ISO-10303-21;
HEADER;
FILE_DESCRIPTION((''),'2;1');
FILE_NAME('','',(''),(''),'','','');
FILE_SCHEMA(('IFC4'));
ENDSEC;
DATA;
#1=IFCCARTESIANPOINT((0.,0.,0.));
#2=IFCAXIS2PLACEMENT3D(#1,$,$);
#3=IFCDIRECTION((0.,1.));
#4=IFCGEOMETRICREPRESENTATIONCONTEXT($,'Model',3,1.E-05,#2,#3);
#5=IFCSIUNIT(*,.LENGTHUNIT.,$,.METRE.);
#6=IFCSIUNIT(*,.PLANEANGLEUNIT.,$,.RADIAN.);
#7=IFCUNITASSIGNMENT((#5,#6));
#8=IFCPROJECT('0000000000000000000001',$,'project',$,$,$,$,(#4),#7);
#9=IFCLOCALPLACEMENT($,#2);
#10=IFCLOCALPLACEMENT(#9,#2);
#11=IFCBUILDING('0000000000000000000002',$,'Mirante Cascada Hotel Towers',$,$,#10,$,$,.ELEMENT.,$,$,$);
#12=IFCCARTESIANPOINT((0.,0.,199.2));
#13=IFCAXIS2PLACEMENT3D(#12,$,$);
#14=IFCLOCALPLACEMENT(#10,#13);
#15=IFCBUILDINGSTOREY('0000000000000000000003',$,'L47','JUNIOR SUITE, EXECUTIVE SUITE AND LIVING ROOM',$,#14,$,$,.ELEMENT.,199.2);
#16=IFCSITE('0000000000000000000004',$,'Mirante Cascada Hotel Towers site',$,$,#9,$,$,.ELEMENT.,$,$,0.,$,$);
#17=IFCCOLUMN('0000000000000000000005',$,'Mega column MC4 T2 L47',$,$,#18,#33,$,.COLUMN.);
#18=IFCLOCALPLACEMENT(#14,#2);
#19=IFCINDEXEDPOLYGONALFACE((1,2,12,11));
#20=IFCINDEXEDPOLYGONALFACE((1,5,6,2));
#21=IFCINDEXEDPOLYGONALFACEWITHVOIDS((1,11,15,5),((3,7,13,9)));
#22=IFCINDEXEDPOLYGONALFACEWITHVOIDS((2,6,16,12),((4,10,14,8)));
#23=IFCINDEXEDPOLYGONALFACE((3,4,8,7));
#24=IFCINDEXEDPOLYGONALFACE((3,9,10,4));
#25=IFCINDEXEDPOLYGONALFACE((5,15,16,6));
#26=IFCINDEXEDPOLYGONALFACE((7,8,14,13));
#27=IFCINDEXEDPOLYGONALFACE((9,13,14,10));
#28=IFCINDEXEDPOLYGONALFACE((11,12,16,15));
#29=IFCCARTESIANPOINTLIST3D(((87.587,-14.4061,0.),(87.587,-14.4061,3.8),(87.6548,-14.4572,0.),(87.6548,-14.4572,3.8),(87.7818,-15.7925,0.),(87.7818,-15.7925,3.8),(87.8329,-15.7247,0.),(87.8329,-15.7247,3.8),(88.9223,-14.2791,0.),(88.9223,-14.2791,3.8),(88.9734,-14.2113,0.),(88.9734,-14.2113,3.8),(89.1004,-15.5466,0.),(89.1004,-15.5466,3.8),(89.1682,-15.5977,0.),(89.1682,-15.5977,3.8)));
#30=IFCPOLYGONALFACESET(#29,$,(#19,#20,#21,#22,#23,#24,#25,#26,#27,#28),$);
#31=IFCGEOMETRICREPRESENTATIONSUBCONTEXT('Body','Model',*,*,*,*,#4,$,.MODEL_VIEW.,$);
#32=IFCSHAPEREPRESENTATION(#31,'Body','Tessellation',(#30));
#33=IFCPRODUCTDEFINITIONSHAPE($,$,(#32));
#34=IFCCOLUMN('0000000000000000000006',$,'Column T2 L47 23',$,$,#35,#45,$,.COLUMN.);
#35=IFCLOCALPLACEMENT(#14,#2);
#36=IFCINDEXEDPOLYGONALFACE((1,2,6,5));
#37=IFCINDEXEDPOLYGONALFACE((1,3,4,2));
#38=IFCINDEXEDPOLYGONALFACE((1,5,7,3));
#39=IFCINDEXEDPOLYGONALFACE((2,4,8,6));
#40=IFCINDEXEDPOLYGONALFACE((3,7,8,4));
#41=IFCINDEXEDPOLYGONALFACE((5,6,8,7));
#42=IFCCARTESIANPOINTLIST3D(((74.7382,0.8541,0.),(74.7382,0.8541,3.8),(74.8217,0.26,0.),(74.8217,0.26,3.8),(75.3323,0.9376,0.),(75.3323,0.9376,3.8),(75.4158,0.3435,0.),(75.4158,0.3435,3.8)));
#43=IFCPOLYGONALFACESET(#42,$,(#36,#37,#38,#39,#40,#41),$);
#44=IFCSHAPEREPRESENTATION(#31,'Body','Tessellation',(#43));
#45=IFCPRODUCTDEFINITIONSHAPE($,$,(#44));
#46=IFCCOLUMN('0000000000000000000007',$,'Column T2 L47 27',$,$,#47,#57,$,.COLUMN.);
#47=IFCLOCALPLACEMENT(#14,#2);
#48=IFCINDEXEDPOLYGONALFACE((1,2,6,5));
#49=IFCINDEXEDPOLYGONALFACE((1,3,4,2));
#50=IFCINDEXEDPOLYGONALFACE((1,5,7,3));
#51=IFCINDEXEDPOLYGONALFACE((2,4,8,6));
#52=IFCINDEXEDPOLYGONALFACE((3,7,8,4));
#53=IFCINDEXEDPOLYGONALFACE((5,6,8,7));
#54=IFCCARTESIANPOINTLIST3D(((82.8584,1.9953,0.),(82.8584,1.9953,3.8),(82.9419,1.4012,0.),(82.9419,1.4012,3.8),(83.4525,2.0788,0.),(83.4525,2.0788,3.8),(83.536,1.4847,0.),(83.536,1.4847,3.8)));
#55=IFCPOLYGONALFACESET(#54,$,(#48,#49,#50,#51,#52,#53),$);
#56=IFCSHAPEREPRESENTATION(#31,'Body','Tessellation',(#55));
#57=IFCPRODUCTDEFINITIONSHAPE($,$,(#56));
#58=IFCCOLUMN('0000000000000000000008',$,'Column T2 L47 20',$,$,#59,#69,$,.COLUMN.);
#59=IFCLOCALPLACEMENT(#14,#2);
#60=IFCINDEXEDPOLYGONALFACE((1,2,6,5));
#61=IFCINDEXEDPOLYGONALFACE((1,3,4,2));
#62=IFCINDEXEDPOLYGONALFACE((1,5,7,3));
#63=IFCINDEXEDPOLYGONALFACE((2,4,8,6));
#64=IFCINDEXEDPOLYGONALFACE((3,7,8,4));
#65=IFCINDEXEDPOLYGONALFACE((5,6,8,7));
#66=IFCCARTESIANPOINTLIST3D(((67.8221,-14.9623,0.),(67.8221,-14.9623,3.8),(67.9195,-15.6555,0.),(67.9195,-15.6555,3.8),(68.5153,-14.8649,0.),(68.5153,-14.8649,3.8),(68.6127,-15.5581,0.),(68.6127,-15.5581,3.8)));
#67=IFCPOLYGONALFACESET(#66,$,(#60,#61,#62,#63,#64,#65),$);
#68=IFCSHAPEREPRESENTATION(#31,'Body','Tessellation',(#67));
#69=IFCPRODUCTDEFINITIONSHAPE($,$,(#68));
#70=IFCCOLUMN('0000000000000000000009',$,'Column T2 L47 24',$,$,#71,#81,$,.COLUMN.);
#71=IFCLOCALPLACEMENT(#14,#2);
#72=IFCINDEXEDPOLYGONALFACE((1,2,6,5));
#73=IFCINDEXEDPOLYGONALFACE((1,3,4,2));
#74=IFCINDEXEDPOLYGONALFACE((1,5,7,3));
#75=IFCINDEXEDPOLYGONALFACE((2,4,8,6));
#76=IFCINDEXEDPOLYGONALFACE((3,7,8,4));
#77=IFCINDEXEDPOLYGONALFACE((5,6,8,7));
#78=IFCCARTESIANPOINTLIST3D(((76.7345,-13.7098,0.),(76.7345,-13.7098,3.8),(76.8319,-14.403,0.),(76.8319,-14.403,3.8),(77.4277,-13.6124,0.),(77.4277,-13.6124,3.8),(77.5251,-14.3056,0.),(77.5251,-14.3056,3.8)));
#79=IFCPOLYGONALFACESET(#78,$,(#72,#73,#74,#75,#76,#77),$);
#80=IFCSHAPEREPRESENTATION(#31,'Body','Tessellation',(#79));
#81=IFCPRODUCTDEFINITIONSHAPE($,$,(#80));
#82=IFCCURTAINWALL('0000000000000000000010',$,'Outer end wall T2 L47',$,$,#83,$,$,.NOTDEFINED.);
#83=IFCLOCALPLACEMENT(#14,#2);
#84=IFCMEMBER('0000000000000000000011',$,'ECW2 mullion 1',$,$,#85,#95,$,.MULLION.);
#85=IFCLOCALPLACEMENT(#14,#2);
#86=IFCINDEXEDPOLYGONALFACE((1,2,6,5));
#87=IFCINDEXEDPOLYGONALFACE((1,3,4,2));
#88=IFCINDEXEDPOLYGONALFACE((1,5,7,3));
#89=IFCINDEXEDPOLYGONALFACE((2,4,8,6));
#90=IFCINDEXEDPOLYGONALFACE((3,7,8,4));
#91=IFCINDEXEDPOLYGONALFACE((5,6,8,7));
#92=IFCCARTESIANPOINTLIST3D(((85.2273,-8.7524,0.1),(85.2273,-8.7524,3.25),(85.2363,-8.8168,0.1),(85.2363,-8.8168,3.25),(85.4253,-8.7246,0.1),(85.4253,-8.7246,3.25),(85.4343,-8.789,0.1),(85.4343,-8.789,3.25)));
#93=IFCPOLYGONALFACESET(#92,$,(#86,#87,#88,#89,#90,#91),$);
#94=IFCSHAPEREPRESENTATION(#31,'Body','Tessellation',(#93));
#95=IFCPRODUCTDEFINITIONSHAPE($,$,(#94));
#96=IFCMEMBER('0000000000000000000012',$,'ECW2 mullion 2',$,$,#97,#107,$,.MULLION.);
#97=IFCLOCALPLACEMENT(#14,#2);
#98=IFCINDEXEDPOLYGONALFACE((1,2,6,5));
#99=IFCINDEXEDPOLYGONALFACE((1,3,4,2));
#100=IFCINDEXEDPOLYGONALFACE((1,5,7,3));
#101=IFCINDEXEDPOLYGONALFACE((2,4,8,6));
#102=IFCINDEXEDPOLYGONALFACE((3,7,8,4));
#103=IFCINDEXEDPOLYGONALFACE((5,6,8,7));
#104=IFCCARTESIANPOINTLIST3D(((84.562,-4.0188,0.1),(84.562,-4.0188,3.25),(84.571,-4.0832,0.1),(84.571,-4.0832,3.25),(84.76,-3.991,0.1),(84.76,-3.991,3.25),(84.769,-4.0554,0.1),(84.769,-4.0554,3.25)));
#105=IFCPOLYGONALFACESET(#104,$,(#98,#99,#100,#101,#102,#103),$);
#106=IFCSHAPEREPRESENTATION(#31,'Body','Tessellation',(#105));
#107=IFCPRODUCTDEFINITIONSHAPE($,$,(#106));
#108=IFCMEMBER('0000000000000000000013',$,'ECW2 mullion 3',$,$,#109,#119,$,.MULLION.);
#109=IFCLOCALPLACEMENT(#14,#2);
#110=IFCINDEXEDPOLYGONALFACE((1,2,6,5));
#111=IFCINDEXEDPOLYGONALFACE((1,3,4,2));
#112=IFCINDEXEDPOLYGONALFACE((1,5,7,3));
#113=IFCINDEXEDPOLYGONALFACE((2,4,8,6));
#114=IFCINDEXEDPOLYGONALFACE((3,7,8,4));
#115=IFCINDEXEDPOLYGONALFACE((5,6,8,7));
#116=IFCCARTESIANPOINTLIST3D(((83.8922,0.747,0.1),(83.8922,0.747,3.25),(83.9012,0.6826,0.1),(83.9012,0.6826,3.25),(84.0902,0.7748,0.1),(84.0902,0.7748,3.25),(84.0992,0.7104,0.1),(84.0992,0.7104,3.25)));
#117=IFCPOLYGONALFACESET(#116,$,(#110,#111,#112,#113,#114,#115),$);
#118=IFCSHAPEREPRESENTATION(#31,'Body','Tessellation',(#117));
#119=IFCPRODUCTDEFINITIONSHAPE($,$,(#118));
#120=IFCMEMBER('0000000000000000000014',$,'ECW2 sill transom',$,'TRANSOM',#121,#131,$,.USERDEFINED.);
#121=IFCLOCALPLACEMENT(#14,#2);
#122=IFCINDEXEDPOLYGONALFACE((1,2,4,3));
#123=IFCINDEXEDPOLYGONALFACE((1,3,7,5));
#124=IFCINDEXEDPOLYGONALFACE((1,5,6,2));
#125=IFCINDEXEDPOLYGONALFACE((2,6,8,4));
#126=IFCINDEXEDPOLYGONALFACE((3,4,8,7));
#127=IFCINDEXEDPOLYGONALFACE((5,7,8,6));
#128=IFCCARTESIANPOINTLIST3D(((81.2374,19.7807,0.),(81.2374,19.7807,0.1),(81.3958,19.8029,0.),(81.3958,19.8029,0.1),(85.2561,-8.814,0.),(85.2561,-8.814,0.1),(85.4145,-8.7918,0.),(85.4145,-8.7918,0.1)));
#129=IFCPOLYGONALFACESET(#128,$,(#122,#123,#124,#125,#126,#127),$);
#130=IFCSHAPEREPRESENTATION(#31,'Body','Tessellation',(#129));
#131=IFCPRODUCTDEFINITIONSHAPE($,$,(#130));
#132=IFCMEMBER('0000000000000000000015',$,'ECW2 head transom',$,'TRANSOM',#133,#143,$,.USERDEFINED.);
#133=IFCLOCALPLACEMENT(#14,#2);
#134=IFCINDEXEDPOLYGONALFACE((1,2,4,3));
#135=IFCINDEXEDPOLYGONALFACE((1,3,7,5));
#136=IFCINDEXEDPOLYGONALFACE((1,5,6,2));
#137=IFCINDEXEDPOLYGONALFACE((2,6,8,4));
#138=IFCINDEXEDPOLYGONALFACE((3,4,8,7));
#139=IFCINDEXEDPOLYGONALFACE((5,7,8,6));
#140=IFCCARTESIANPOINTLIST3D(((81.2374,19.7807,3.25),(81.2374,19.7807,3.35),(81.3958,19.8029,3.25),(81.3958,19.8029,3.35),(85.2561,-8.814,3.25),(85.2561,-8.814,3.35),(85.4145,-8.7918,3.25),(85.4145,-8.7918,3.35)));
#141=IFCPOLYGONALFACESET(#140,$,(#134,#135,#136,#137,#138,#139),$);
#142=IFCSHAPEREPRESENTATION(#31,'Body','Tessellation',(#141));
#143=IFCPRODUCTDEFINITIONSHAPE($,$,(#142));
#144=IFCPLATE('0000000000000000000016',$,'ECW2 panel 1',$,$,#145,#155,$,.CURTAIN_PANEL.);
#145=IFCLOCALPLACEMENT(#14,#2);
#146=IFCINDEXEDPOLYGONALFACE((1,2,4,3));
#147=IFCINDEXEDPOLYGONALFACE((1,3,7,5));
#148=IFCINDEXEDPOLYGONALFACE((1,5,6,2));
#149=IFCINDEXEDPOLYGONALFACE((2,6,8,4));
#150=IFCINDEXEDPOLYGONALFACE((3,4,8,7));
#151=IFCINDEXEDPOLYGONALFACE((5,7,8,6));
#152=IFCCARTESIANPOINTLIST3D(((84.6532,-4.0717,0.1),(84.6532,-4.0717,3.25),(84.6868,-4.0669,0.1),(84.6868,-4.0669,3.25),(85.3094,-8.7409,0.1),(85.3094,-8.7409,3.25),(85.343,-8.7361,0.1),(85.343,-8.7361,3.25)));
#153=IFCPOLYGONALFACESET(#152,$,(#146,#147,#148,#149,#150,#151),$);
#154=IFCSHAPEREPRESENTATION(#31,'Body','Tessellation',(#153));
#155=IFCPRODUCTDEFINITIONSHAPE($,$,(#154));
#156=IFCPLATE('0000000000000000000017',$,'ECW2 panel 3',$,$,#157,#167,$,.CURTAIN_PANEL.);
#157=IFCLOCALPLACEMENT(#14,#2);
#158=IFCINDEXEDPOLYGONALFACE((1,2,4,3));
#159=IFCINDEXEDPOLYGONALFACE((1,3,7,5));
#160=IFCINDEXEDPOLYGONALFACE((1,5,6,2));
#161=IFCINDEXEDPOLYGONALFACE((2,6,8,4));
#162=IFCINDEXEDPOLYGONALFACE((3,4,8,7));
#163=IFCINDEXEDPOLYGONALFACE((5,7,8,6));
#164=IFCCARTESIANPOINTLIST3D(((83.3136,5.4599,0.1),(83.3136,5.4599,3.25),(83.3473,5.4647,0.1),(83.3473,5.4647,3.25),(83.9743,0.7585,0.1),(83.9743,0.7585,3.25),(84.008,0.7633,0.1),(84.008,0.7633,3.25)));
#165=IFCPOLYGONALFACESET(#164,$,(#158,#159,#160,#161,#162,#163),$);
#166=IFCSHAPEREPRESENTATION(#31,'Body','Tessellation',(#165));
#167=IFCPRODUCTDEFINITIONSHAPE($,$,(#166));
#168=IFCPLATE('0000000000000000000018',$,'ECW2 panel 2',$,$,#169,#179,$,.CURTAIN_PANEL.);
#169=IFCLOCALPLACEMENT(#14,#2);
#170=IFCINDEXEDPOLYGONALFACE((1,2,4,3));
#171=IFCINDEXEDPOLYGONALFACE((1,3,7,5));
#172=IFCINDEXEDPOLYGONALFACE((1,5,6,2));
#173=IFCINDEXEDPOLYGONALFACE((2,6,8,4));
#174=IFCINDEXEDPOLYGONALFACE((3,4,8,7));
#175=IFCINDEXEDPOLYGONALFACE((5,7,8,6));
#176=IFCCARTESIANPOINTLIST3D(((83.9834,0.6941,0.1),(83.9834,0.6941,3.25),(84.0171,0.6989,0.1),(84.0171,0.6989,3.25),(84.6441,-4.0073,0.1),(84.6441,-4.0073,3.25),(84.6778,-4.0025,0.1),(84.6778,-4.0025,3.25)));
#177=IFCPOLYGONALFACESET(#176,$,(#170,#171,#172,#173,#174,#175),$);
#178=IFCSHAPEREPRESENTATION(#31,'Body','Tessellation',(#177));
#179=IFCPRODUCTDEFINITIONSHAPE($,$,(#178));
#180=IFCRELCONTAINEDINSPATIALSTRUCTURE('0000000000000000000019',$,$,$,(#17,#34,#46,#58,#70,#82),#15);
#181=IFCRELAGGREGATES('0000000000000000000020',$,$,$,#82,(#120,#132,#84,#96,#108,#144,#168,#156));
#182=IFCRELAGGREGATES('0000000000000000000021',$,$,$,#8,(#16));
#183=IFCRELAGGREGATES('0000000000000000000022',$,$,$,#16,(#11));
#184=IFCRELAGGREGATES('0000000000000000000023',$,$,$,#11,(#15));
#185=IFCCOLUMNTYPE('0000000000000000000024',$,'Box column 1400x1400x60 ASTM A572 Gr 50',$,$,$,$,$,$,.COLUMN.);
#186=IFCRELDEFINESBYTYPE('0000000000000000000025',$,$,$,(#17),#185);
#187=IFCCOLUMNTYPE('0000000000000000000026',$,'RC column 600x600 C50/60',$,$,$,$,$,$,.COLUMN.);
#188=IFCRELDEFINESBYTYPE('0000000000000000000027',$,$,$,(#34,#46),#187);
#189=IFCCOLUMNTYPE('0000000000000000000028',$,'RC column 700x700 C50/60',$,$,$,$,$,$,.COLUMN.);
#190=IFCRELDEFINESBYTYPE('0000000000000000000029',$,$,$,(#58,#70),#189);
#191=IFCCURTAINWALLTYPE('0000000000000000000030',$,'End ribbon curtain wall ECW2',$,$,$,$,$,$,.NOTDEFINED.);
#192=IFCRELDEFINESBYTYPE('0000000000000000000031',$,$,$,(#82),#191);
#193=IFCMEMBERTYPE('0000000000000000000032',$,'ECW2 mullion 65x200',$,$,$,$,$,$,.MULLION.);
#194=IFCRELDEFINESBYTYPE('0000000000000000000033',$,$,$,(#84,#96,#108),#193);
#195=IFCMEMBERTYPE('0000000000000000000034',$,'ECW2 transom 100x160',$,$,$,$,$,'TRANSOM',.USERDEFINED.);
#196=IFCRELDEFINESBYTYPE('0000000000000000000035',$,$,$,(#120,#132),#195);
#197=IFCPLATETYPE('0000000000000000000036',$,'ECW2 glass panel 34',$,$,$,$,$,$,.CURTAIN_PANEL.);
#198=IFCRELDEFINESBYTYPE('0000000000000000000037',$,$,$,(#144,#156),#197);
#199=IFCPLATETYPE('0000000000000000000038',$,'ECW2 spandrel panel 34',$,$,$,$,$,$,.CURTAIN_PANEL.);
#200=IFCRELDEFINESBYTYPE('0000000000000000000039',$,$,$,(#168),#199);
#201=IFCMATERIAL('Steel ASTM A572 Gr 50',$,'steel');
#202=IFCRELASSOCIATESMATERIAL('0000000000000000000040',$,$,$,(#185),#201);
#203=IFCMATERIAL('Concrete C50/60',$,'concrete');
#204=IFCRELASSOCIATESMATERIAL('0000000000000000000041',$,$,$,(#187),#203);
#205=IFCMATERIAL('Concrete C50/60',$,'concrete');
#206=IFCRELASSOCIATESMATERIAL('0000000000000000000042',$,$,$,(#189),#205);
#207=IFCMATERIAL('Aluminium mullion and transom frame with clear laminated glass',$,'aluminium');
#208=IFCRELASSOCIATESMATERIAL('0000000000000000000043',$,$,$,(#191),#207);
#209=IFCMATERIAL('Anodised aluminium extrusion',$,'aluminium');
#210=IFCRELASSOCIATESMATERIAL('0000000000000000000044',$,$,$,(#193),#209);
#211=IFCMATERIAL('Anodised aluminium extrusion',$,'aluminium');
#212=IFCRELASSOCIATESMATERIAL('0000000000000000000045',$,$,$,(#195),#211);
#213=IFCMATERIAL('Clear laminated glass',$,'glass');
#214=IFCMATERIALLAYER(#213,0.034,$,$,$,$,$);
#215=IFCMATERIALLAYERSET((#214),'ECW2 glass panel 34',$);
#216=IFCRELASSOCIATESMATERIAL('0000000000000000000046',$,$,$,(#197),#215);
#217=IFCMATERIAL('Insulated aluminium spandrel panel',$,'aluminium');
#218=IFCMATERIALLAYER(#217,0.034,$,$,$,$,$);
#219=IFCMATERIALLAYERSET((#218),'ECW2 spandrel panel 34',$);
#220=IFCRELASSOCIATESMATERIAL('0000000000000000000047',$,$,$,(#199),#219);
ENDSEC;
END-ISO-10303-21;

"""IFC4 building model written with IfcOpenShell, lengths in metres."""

from ifc_helpers import new_model, si_unit, direction, frame, origin, origin_2d, place, context, subcontext, project, spatial, rectangle, hollow_rectangle, extrude, material, layer, layer_set, material_profile, profile_set, type_object, element, aggregate, save


model = new_model("IFC4")

# Units and contexts
model_context = context("Model", 3, precision=1e-05, world=origin(), true_north=direction((0.0, 1.0)))
body_context = subcontext(model_context, "Body", "Model", "MODEL_VIEW")
ifc_project = project(units=[si_unit("LENGTHUNIT", "METRE"), si_unit("PLANEANGLEUNIT", "RADIAN")], contexts=[model_context])

# Site, building, storey
site_placement = place(None, origin())
site = spatial("IfcSite", under=ifc_project, at=site_placement, Name="Mirante Cascada Hotel Towers site", CompositionType="ELEMENT", RefElevation=0.0)
building_placement = place(site_placement, origin())
building = spatial("IfcBuilding", under=site, at=building_placement, Name="Mirante Cascada Hotel Towers", CompositionType="ELEMENT")
storey_placement = place(building_placement, frame((0.0, 0.0, 199.2)))
storey = spatial("IfcBuildingStorey", under=building, at=storey_placement, Name="L47", Description="JUNIOR SUITE, EXECUTIVE SUITE AND LIVING ROOM", CompositionType="ELEMENT", Elevation=199.2)

# Columns
ifc_material_1 = material(Name="Steel ASTM A572 Gr 50", Category="steel")
ifc_material_profile_1 = material_profile(ifc_material_1, hollow_rectangle(XDim=1.4, YDim=1.4, WallThickness=0.06, at=origin_2d()), Name="Box column 1400x1400x60 ASTM A572 Gr 50")
ifc_profile_set_1 = profile_set([ifc_material_profile_1], Name="Steel ASTM A572 Gr 50")
column_type_1 = type_object("IfcColumnType", Name="Box column 1400x1400x60 ASTM A572 Gr 50", PredefinedType="COLUMN", material=ifc_profile_set_1)
column_placement = place(storey_placement, frame((88.3776, -15.0019, 0.0), z_axis=(0.0, 0.0, 1.0), x_axis=(0.990268, 0.139173, 0.0)))
element("IfcColumn", 1, at=column_placement, inside=storey, type_object=column_type_1, Name="Mega column MC4 T2 L47", PredefinedType="COLUMN", context=body_context, shape_type="SweptSolid", body=[
    extrude(hollow_rectangle(XDim=1.4, YDim=1.4, WallThickness=0.06, at=origin_2d()), origin(), (0.0, 0.0, 1.0), 3.8),
])
ifc_material_2 = material(Name="Concrete C50/60", Category="concrete")
ifc_material_profile_2 = material_profile(ifc_material_2, rectangle(XDim=0.6, YDim=0.6, at=origin_2d()), Name="RC column 600x600 C50/60")
ifc_profile_set_2 = profile_set([ifc_material_profile_2], Name="Concrete C50/60")
column_type_2 = type_object("IfcColumnType", Name="RC column 600x600 C50/60", PredefinedType="COLUMN", material=ifc_profile_set_2)
for number, where, z_axis, x_axis, name in (
    (2, (75.077, 0.5988, 0.0), (0.0, 0.0, 1.0), (0.990268, 0.139173, 0.0), "Column T2 L47 23"),
    (3, (83.1972, 1.74, 0.0), (0.0, 0.0, 1.0), (0.990268, 0.139173, 0.0), "Column T2 L47 27"),
):
    element("IfcColumn", number, at=place(storey_placement, frame(where, z_axis=z_axis, x_axis=x_axis)), inside=storey, type_object=column_type_2, Name=name, PredefinedType="COLUMN", context=body_context, shape_type="SweptSolid", body=[
        extrude(rectangle(XDim=0.6, YDim=0.6, at=origin_2d()), origin(), (0.0, 0.0, 1.0), 3.8),
    ])
ifc_material_3 = material(Name="Concrete C50/60", Category="concrete")
ifc_material_profile_3 = material_profile(ifc_material_3, rectangle(XDim=0.7, YDim=0.7, at=origin_2d()), Name="RC column 700x700 C50/60")
ifc_profile_set_3 = profile_set([ifc_material_profile_3], Name="Concrete C50/60")
column_type_3 = type_object("IfcColumnType", Name="RC column 700x700 C50/60", PredefinedType="COLUMN", material=ifc_profile_set_3)
for number, where, z_axis, x_axis, name in (
    (4, (68.2174, -15.2602, 0.0), (0.0, 0.0, 1.0), (0.990268, 0.139173, 0.0), "Column T2 L47 20"),
    (5, (77.1298, -14.0077, 0.0), (0.0, 0.0, 1.0), (0.990268, 0.139173, 0.0), "Column T2 L47 24"),
):
    element("IfcColumn", number, at=place(storey_placement, frame(where, z_axis=z_axis, x_axis=x_axis)), inside=storey, type_object=column_type_3, Name=name, PredefinedType="COLUMN", context=body_context, shape_type="SweptSolid", body=[
        extrude(rectangle(XDim=0.7, YDim=0.7, at=origin_2d()), origin(), (0.0, 0.0, 1.0), 3.8),
    ])

# Curtain wall, members, plates
ifc_material_4 = material(Name="Aluminium mullion and transom frame with clear laminated glass", Category="aluminium")
curtain_wall_type = type_object("IfcCurtainWallType", Name="End ribbon curtain wall ECW2", PredefinedType="NOTDEFINED", material=ifc_material_4)
curtain_wall_placement = place(storey_placement, origin())
curtain_wall = element("IfcCurtainWall", 6, at=curtain_wall_placement, inside=storey, type_object=curtain_wall_type, Name="Outer end wall T2 L47", PredefinedType="NOTDEFINED")
ifc_material_5 = material(Name="Anodised aluminium extrusion", Category="aluminium")
ifc_material_profile_4 = material_profile(ifc_material_5, rectangle(XDim=0.2, YDim=0.065, at=origin_2d()), Name="ECW2 MULLION 65x200")
ifc_profile_set_4 = profile_set([ifc_material_profile_4], Name="Anodised aluminium extrusion")
member_type_1 = type_object("IfcMemberType", Name="ECW2 mullion 65x200", PredefinedType="MULLION", material=ifc_profile_set_4)
member_1_placement = place(storey_placement, frame((85.3308, -8.7707, 0.1), z_axis=(0.0, 0.0, 1.0), x_axis=(-0.990268, -0.139173, 0.0)))
member_1 = element("IfcMember", 7, at=member_1_placement, type_object=member_type_1, Name="ECW2 mullion 1", PredefinedType="MULLION", context=body_context, shape_type="SweptSolid", body=[
    extrude(rectangle(XDim=0.2, YDim=0.065, at=origin_2d()), origin(), (0.0, 0.0, 1.0), 3.15),
])
member_2_placement = place(storey_placement, frame((84.6655, -4.0371, 0.1), z_axis=(0.0, 0.0, 1.0), x_axis=(-0.990268, -0.139173, 0.0)))
member_2 = element("IfcMember", 8, at=member_2_placement, type_object=member_type_1, Name="ECW2 mullion 2", PredefinedType="MULLION", context=body_context, shape_type="SweptSolid", body=[
    extrude(rectangle(XDim=0.2, YDim=0.065, at=origin_2d()), origin(), (0.0, 0.0, 1.0), 3.15),
])
member_3_placement = place(storey_placement, frame((83.9957, 0.7287, 0.1), z_axis=(0.0, 0.0, 1.0), x_axis=(-0.990268, -0.139173, 0.0)))
member_3 = element("IfcMember", 9, at=member_3_placement, type_object=member_type_1, Name="ECW2 mullion 3", PredefinedType="MULLION", context=body_context, shape_type="SweptSolid", body=[
    extrude(rectangle(XDim=0.2, YDim=0.065, at=origin_2d()), origin(), (0.0, 0.0, 1.0), 3.15),
])
ifc_material_6 = material(Name="Anodised aluminium extrusion", Category="aluminium")
ifc_material_profile_5 = material_profile(ifc_material_6, rectangle(XDim=0.16, YDim=0.1, at=origin_2d()), Name="ECW2 TRANSOM 100x160")
ifc_profile_set_5 = profile_set([ifc_material_profile_5], Name="Anodised aluminium extrusion")
member_type_2 = type_object("IfcMemberType", Name="ECW2 transom 100x160", ElementType="TRANSOM", PredefinedType="USERDEFINED", material=ifc_profile_set_5)
member_4_placement = place(storey_placement, frame((85.3353, -8.8029, 0.05), z_axis=(-0.139172, 0.990268, 0.0), x_axis=(-0.990268, -0.139172, 0.0)))
member_4 = element("IfcMember", 10, at=member_4_placement, type_object=member_type_2, Name="ECW2 sill transom", ObjectType="TRANSOM", PredefinedType="USERDEFINED", context=body_context, shape_type="SweptSolid", body=[
    extrude(rectangle(XDim=0.16, YDim=0.1, at=origin_2d()), origin(), (0.0, 0.0, 1.0), 28.8757),
])
member_5_placement = place(storey_placement, frame((85.3353, -8.8029, 3.3), z_axis=(-0.139172, 0.990268, 0.0), x_axis=(-0.990268, -0.139172, 0.0)))
member_5 = element("IfcMember", 11, at=member_5_placement, type_object=member_type_2, Name="ECW2 head transom", ObjectType="TRANSOM", PredefinedType="USERDEFINED", context=body_context, shape_type="SweptSolid", body=[
    extrude(rectangle(XDim=0.16, YDim=0.1, at=origin_2d()), origin(), (0.0, 0.0, 1.0), 28.8757),
])
ifc_material_7 = material(Name="Clear laminated glass", Category="glass")
ifc_layer_1 = layer(ifc_material_7, 0.034)
ifc_layer_set_1 = layer_set([ifc_layer_1], Name="ECW2 glass panel 34")
plate_type_1 = type_object("IfcPlateType", Name="ECW2 glass panel 34", PredefinedType="CURTAIN_PANEL", material=ifc_layer_set_1)
plate_1_placement = place(storey_placement, frame((84.9981, -6.4039, 0.1), z_axis=(0.0, 0.0, 1.0), x_axis=(-0.139173, 0.990268, 0.0)))
plate_1 = element("IfcPlate", 12, at=plate_1_placement, type_object=plate_type_1, Name="ECW2 panel 1", PredefinedType="CURTAIN_PANEL", context=body_context, shape_type="SweptSolid", body=[
    extrude(rectangle(XDim=4.7151, YDim=0.034, at=origin_2d()), origin(), (0.0, 0.0, 1.0), 3.15),
])
plate_2_placement = place(storey_placement, frame((83.6608, 3.1116, 0.1), z_axis=(0.0, 0.0, 1.0), x_axis=(-0.139173, 0.990268, 0.0)))
plate_2 = element("IfcPlate", 13, at=plate_2_placement, type_object=plate_type_1, Name="ECW2 panel 3", PredefinedType="CURTAIN_PANEL", context=body_context, shape_type="SweptSolid", body=[
    extrude(rectangle(XDim=4.7476, YDim=0.034, at=origin_2d()), origin(), (0.0, 0.0, 1.0), 3.15),
])
ifc_material_8 = material(Name="Insulated aluminium spandrel panel", Category="aluminium")
ifc_layer_2 = layer(ifc_material_8, 0.034)
ifc_layer_set_2 = layer_set([ifc_layer_2], Name="ECW2 spandrel panel 34")
plate_type_2 = type_object("IfcPlateType", Name="ECW2 spandrel panel 34", PredefinedType="CURTAIN_PANEL", material=ifc_layer_set_2)
plate_3_placement = place(storey_placement, frame((84.3306, -1.6542, 0.1), z_axis=(0.0, 0.0, 1.0), x_axis=(-0.139173, 0.990268, 0.0)))
plate_3 = element("IfcPlate", 14, at=plate_3_placement, type_object=plate_type_2, Name="ECW2 panel 2", PredefinedType="CURTAIN_PANEL", context=body_context, shape_type="SweptSolid", body=[
    extrude(rectangle(XDim=4.7476, YDim=0.034, at=origin_2d()), origin(), (0.0, 0.0, 1.0), 3.15),
])
aggregate(curtain_wall, [member_4, member_5, member_1, member_2, member_3, plate_1, plate_3, plate_2])

save(model, "model.ifc")
